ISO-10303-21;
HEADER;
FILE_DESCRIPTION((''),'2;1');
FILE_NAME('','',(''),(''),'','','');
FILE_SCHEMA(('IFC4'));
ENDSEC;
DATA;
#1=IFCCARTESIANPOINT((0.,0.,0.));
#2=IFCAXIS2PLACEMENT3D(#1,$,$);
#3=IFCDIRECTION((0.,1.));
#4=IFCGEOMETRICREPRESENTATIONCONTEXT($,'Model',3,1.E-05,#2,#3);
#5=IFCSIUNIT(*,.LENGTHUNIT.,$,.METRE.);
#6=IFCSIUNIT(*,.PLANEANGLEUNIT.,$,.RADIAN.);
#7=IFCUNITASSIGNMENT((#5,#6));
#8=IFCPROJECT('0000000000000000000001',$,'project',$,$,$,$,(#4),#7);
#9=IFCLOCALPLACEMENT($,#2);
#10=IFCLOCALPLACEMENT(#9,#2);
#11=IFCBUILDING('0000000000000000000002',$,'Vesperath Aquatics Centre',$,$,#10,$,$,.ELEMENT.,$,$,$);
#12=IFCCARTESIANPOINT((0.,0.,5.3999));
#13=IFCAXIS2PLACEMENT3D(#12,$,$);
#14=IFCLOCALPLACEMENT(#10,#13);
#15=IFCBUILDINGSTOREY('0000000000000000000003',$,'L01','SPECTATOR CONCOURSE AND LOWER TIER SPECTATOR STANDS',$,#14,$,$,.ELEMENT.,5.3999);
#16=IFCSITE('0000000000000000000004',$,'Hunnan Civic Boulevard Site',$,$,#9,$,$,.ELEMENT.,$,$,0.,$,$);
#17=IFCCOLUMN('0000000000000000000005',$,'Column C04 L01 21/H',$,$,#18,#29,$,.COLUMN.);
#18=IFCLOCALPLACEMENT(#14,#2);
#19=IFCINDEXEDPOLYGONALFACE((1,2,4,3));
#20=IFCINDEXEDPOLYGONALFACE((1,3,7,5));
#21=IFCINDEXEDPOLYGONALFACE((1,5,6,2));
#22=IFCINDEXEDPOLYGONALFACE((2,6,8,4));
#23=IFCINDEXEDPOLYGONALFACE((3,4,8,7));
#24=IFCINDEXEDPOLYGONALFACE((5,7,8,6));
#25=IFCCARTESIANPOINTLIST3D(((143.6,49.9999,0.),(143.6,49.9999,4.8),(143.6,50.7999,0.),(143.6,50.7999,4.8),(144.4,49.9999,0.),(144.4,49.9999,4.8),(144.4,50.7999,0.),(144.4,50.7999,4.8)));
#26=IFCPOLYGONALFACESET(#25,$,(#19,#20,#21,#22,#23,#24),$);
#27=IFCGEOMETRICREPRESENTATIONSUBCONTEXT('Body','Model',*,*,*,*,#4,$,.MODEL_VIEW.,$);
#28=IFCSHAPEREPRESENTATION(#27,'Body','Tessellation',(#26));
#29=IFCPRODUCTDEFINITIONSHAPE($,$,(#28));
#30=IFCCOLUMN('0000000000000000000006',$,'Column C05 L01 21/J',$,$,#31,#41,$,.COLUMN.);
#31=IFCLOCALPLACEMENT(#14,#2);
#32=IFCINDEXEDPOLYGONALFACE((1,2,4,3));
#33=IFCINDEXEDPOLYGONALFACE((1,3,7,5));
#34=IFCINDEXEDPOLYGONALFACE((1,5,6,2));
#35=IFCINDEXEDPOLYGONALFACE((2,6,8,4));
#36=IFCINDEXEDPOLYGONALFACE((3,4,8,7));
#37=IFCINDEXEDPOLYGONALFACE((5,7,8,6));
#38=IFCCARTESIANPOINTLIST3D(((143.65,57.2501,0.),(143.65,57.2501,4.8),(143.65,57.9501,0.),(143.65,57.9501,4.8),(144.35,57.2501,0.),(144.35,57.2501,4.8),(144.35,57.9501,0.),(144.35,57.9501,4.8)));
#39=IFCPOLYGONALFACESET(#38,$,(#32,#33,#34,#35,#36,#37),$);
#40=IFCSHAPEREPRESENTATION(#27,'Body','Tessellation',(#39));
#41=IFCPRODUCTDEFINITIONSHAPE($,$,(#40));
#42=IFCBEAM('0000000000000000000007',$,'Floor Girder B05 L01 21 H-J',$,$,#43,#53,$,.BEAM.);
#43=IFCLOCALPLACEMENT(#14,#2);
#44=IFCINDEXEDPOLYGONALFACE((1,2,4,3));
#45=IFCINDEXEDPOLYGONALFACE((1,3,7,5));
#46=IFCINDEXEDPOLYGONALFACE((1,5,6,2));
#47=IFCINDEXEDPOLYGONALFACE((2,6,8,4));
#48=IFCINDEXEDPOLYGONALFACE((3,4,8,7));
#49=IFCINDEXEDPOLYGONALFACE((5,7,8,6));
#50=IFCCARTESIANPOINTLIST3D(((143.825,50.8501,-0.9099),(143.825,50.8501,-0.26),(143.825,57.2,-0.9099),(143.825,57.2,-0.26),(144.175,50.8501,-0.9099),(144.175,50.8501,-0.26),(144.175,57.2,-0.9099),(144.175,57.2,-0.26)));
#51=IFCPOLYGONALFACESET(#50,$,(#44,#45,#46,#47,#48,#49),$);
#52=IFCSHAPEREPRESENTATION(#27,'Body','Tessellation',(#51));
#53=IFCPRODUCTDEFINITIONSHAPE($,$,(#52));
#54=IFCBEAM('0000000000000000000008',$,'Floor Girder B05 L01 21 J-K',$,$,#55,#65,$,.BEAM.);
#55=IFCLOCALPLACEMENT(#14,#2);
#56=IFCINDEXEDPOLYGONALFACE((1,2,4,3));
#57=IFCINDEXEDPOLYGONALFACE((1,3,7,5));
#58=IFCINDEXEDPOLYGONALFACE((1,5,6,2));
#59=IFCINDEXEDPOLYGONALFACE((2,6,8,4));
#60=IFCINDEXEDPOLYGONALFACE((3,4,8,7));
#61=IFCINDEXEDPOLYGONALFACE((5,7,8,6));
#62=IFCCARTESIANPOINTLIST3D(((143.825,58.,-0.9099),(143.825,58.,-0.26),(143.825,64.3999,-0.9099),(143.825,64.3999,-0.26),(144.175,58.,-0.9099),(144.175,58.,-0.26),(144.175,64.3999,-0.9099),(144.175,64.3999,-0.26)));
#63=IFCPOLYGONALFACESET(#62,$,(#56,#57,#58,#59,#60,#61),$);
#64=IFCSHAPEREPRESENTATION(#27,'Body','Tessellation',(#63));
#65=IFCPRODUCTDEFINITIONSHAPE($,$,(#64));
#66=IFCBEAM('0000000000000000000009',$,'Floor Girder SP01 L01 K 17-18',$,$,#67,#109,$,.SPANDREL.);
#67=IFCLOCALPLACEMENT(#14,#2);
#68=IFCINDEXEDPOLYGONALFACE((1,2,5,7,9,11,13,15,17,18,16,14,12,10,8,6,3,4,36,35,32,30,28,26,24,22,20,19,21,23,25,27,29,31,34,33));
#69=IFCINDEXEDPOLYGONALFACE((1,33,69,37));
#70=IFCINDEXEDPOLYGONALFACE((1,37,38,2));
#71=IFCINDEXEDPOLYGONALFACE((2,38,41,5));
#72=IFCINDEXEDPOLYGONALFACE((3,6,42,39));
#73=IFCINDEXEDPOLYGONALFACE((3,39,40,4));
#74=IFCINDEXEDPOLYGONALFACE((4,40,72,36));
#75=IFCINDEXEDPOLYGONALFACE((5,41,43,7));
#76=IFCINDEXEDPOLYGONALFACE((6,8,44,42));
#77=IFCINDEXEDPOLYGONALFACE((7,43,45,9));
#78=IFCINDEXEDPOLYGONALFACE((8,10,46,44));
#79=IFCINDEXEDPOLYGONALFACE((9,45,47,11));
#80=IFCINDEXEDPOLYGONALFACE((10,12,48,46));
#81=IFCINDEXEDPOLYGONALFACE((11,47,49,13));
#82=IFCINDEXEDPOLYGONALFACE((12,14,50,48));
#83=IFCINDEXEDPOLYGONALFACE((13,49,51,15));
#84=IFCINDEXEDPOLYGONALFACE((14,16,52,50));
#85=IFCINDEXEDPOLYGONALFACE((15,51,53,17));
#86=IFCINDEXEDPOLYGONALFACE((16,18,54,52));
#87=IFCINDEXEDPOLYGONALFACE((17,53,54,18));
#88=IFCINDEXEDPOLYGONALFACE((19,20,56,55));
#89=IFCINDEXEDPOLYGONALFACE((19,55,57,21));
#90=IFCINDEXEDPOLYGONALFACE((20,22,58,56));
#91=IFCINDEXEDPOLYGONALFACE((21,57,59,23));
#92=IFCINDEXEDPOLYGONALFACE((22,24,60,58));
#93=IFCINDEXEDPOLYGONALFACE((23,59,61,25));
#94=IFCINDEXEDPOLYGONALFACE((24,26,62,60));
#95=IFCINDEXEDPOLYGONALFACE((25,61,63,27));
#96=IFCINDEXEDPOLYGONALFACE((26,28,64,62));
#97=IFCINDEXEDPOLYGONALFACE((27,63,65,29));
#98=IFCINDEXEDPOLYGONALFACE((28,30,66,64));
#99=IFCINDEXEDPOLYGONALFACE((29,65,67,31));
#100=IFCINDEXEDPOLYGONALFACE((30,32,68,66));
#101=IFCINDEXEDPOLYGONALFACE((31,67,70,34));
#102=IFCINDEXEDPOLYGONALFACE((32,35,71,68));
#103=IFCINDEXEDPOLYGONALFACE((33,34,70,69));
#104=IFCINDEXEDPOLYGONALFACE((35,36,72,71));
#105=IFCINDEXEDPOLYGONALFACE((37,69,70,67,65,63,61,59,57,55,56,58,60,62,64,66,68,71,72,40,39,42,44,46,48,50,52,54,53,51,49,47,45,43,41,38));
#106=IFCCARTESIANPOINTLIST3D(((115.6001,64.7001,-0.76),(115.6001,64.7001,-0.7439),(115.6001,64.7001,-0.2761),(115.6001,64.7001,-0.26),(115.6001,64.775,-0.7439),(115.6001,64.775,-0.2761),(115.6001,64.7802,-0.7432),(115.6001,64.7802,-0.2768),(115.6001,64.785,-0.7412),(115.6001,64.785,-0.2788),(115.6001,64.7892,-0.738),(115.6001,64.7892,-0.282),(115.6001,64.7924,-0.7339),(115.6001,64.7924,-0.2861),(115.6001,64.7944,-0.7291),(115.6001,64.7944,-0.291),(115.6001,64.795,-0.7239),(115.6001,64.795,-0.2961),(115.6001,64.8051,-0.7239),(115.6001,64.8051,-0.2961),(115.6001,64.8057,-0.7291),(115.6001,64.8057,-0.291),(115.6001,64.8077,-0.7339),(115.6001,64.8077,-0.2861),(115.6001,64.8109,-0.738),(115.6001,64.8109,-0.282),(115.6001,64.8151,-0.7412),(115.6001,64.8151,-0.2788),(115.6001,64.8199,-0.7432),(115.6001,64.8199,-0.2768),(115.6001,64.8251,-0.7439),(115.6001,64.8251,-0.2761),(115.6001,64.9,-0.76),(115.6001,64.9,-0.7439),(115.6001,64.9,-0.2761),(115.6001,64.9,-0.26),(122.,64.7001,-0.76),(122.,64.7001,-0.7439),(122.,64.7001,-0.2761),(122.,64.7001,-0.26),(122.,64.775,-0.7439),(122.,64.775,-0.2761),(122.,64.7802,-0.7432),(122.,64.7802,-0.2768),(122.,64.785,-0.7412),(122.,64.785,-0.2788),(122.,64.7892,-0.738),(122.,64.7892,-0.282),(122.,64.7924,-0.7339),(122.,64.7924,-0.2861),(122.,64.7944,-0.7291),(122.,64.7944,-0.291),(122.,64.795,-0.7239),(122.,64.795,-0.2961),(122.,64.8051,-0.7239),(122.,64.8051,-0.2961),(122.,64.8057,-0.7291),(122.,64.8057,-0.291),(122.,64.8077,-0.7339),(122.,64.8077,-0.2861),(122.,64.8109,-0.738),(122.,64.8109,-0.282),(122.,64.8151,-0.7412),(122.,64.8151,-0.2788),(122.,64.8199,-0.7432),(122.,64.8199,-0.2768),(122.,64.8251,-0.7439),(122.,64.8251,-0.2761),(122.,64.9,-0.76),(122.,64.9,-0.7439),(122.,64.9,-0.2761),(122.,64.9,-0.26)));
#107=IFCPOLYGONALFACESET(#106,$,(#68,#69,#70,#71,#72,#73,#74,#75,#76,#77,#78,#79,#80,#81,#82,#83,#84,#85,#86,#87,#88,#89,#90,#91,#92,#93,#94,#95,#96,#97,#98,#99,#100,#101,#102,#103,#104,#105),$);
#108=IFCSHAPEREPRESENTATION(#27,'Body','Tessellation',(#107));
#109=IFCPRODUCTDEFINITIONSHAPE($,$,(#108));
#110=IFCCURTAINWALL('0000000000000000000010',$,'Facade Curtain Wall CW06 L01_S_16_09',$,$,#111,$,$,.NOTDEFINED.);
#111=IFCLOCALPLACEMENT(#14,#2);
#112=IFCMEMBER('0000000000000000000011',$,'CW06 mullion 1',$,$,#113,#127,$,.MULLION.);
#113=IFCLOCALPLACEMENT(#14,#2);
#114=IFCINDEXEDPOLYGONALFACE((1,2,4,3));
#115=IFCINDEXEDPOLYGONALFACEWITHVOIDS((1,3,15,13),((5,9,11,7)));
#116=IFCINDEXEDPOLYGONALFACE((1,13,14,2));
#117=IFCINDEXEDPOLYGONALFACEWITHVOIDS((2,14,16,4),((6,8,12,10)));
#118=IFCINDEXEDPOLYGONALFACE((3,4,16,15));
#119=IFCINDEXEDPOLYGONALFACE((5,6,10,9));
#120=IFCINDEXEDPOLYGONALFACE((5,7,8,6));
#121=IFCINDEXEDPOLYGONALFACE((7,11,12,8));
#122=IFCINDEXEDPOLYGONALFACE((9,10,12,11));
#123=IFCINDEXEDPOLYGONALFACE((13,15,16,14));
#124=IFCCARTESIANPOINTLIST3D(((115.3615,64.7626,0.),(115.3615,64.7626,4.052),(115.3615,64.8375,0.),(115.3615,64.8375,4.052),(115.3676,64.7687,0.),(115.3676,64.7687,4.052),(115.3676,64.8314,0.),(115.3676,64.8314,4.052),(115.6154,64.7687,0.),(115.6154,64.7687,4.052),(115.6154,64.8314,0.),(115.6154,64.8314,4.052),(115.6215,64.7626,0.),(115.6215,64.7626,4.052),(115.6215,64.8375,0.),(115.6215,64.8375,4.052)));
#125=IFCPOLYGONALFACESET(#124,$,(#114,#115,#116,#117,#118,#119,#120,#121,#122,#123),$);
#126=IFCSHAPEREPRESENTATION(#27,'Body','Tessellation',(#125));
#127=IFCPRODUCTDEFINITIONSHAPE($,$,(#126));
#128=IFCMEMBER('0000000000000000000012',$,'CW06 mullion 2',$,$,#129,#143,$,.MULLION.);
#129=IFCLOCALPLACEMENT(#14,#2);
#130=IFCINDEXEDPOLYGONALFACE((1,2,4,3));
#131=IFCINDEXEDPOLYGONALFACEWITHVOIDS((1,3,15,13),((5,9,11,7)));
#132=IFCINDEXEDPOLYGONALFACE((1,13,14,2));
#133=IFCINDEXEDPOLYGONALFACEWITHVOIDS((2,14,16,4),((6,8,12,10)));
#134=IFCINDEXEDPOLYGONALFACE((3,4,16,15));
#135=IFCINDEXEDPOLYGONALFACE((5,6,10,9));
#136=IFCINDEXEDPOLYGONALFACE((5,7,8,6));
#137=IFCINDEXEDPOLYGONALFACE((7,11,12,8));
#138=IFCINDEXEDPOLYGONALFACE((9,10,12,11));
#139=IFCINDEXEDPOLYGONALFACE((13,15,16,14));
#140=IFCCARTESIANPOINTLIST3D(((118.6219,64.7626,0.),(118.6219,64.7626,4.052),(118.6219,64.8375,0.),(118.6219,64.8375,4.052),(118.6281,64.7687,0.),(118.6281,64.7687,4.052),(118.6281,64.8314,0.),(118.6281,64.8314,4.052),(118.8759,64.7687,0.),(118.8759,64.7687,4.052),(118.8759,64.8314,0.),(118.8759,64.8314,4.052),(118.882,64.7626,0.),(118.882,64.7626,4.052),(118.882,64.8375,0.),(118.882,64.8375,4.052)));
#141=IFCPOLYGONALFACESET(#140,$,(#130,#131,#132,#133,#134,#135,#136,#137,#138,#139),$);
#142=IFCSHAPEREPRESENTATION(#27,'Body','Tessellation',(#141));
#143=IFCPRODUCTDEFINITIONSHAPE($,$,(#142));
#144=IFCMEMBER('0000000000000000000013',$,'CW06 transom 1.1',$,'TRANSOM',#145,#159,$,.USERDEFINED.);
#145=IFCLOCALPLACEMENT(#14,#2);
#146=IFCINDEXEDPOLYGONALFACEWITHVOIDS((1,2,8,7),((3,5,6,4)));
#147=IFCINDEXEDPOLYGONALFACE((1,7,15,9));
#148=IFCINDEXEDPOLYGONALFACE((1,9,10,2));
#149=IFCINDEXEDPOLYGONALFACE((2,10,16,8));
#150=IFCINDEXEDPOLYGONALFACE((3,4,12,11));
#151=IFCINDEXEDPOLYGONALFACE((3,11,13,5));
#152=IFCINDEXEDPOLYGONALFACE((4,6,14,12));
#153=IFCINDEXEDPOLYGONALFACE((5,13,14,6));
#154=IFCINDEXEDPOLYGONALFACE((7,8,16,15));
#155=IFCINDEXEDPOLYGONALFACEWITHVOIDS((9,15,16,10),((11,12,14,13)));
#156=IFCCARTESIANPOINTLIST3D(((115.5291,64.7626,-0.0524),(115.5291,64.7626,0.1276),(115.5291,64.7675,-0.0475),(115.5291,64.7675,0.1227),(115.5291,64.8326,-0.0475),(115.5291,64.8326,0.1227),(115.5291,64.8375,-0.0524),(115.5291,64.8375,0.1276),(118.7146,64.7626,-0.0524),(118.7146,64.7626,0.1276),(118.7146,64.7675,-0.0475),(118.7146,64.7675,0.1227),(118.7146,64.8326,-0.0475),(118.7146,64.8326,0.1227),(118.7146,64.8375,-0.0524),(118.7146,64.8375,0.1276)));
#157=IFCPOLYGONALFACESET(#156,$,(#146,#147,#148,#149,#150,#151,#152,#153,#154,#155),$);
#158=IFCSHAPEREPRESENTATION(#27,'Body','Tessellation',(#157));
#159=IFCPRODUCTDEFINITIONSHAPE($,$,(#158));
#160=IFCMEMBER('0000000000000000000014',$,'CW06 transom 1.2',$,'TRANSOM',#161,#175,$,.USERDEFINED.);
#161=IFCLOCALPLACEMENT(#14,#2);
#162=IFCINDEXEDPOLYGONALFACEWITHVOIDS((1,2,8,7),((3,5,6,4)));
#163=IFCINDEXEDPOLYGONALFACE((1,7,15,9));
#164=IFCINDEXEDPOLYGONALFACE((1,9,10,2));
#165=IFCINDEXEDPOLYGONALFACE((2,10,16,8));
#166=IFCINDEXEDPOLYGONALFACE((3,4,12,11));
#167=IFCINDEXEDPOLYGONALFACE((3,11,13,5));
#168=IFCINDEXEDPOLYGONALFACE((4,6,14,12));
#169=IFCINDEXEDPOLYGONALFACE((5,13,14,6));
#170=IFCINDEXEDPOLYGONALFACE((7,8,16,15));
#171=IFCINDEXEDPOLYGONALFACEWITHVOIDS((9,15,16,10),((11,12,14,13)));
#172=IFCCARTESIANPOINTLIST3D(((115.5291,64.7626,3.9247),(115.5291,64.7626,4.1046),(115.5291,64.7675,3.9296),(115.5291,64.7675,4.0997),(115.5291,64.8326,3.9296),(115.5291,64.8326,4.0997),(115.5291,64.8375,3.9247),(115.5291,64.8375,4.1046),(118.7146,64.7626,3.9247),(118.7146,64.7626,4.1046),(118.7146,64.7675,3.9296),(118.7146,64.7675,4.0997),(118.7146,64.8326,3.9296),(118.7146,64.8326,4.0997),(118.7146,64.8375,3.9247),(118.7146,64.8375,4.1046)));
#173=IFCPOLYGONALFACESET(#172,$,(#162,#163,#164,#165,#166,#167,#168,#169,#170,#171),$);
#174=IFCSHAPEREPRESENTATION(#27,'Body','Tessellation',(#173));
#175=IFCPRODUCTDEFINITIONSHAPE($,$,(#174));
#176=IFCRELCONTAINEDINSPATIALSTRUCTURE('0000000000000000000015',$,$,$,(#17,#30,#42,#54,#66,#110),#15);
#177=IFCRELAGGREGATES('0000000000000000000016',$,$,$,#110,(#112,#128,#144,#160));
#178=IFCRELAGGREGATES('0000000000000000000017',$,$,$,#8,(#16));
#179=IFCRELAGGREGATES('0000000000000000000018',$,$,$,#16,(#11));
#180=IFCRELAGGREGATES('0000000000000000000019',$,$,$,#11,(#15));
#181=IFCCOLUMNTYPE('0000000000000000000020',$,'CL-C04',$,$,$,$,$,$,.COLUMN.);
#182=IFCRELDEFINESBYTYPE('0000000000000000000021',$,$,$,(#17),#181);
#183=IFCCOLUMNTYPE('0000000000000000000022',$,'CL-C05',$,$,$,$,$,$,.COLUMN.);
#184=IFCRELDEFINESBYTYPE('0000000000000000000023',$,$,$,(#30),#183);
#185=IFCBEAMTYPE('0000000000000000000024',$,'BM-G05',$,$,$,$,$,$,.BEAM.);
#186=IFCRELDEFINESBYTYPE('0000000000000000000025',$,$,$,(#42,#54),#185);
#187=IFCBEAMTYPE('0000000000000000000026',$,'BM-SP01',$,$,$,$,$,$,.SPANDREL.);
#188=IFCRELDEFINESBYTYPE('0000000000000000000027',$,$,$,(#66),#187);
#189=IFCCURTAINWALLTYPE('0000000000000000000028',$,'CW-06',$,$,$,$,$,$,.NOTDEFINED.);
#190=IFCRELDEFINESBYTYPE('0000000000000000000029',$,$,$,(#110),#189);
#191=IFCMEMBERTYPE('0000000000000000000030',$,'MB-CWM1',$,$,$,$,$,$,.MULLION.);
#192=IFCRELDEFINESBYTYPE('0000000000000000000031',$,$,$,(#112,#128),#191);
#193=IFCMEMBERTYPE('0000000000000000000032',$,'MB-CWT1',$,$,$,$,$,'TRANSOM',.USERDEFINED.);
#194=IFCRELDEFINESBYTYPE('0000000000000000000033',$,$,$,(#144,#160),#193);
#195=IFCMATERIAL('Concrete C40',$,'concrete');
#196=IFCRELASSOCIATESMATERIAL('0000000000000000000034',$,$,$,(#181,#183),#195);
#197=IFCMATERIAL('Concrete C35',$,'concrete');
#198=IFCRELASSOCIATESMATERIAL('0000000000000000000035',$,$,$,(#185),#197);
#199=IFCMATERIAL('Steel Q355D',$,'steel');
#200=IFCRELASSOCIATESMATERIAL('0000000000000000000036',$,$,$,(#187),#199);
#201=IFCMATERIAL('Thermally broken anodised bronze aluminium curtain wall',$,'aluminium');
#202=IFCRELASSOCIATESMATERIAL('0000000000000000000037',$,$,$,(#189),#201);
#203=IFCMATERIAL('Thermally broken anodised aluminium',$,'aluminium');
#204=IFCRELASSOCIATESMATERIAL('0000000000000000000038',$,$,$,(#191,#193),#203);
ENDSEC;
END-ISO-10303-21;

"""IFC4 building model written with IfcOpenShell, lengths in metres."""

from ifc_helpers import new_model, si_unit, direction, frame, origin, origin_2d, place, context, subcontext, project, spatial, rectangle, hollow_rectangle, i_section, extrude, material, material_profile, profile_set, type_object, element, aggregate, save


model = new_model("IFC4")

# Units and contexts
model_context = context("Model", 3, precision=1e-05, world=origin(), true_north=direction((0.0, 1.0)))
body_context = subcontext(model_context, "Body", "Model", "MODEL_VIEW")
ifc_project = project(units=[si_unit("LENGTHUNIT", "METRE"), si_unit("PLANEANGLEUNIT", "RADIAN")], contexts=[model_context])

# Site, building, storey
site_placement = place(None, origin())
site = spatial("IfcSite", under=ifc_project, at=site_placement, Name="Hunnan Civic Boulevard Site", CompositionType="ELEMENT", RefElevation=0.0)
building_placement = place(site_placement, origin())
building = spatial("IfcBuilding", under=site, at=building_placement, Name="Vesperath Aquatics Centre", CompositionType="ELEMENT")
storey_placement = place(building_placement, frame((0.0, 0.0, 5.3999)))
storey = spatial("IfcBuildingStorey", under=building, at=storey_placement, Name="L01", Description="SPECTATOR CONCOURSE AND LOWER TIER SPECTATOR STANDS", CompositionType="ELEMENT", Elevation=5.3999)

# Columns
ifc_material_1 = material(Name="Concrete C40", Category="concrete")
ifc_material_profile_1 = material_profile(ifc_material_1, rectangle(XDim=0.8, YDim=0.8, at=origin_2d()), Name="RC 800x800")
ifc_profile_set_1 = profile_set([ifc_material_profile_1], Name="Concrete C40")
column_type_1 = type_object("IfcColumnType", Name="CL-C04", PredefinedType="COLUMN", material=ifc_profile_set_1)
column_1_placement = place(storey_placement, frame((144.0, 50.3999, 0.0), z_axis=(0.0, 0.0, 1.0), x_axis=(1.0, 0.0, 0.0)))
element("IfcColumn", 1, at=column_1_placement, inside=storey, type_object=column_type_1, Name="Column C04 L01 21/H", PredefinedType="COLUMN", context=body_context, shape_type="SweptSolid", body=[
    extrude(rectangle(XDim=0.8, YDim=0.8, at=origin_2d()), origin(), (0.0, 0.0, 1.0), 4.8),
])
ifc_material_profile_2 = material_profile(ifc_material_1, rectangle(XDim=0.7, YDim=0.7, at=origin_2d()), Name="RC 700x700")
ifc_profile_set_2 = profile_set([ifc_material_profile_2], Name="Concrete C40")
column_type_2 = type_object("IfcColumnType", Name="CL-C05", PredefinedType="COLUMN", material=ifc_profile_set_2)
column_2_placement = place(storey_placement, frame((144.0, 57.6001, 0.0), z_axis=(0.0, 0.0, 1.0), x_axis=(1.0, 0.0, 0.0)))
element("IfcColumn", 2, at=column_2_placement, inside=storey, type_object=column_type_2, Name="Column C05 L01 21/J", PredefinedType="COLUMN", context=body_context, shape_type="SweptSolid", body=[
    extrude(rectangle(XDim=0.7, YDim=0.7, at=origin_2d()), origin(), (0.0, 0.0, 1.0), 4.8),
])

# Beams
ifc_material_2 = material(Name="Concrete C35", Category="concrete")
ifc_material_profile_3 = material_profile(ifc_material_2, rectangle(XDim=0.3501, YDim=0.6499, at=origin_2d()), Name="RC 350x650")
ifc_profile_set_3 = profile_set([ifc_material_profile_3], Name="Concrete C35")
beam_type_1 = type_object("IfcBeamType", Name="BM-G05", PredefinedType="BEAM", material=ifc_profile_set_3)
beam_1_placement = place(storey_placement, frame((144.0, 50.8501, -0.585), z_axis=(0.0, 1.0, 0.0), x_axis=(-1.0, 0.0, 0.0)))
element("IfcBeam", 3, at=beam_1_placement, inside=storey, type_object=beam_type_1, Name="Floor Girder B05 L01 21 H-J", PredefinedType="BEAM", context=body_context, shape_type="SweptSolid", body=[
    extrude(rectangle(XDim=0.3501, YDim=0.6499, at=origin_2d()), origin(), (0.0, 0.0, 1.0), 6.3499),
])
beam_2_placement = place(storey_placement, frame((144.0, 58.0, -0.585), z_axis=(0.0, 1.0, 0.0), x_axis=(-1.0, 0.0, 0.0)))
element("IfcBeam", 4, at=beam_2_placement, inside=storey, type_object=beam_type_1, Name="Floor Girder B05 L01 21 J-K", PredefinedType="BEAM", context=body_context, shape_type="SweptSolid", body=[
    extrude(rectangle(XDim=0.3501, YDim=0.6499, at=origin_2d()), origin(), (0.0, 0.0, 1.0), 6.3999),
])
ifc_material_3 = material(Name="Steel Q355D", Category="steel")
ifc_material_profile_4 = material_profile(ifc_material_3, i_section(OverallWidth=0.2, OverallDepth=0.5, WebThickness=0.01, FlangeThickness=0.0161, FilletRadius=0.02, at=origin_2d()), Name="HN 500x200x10x16")
ifc_profile_set_4 = profile_set([ifc_material_profile_4], Name="Steel Q355D")
beam_type_2 = type_object("IfcBeamType", Name="BM-SP01", PredefinedType="SPANDREL", material=ifc_profile_set_4)
beam_3_placement = place(storey_placement, frame((115.6001, 64.8, -0.51), z_axis=(1.0, 0.0, 0.0), x_axis=(0.0, 1.0, 0.0)))
element("IfcBeam", 5, at=beam_3_placement, inside=storey, type_object=beam_type_2, Name="Floor Girder SP01 L01 K 17-18", PredefinedType="SPANDREL", context=body_context, shape_type="SweptSolid", body=[
    extrude(i_section(OverallWidth=0.2, OverallDepth=0.5, WebThickness=0.01, FlangeThickness=0.0161, FilletRadius=0.02, at=origin_2d()), origin(), (0.0, 0.0, 1.0), 6.3999),
])

# Curtain wall, members
ifc_material_4 = material(Name="Thermally broken anodised bronze aluminium curtain wall", Category="aluminium")
curtain_wall_type = type_object("IfcCurtainWallType", Name="CW-06", PredefinedType="NOTDEFINED", material=ifc_material_4)
curtain_wall_placement = place(storey_placement, origin())
curtain_wall = element("IfcCurtainWall", 6, at=curtain_wall_placement, inside=storey, type_object=curtain_wall_type, Name="Facade Curtain Wall CW06 L01_S_16_09", PredefinedType="NOTDEFINED")
ifc_material_5 = material(Name="Thermally broken anodised aluminium", Category="aluminium")
ifc_material_profile_5 = material_profile(ifc_material_5, hollow_rectangle(XDim=0.075, YDim=0.26, WallThickness=0.0061, at=origin_2d()), Name="CWM 75x260x6")
ifc_profile_set_5 = profile_set([ifc_material_profile_5], Name="Thermally broken anodised aluminium")
member_type_1 = type_object("IfcMemberType", Name="MB-CWM1", PredefinedType="MULLION", material=ifc_profile_set_5)
member_1_placement = place(storey_placement, frame((115.4915, 64.8, 0.0), z_axis=(0.0, 0.0, 1.0), x_axis=(0.0, 1.0, 0.0)))
member_1 = element("IfcMember", 7, at=member_1_placement, type_object=member_type_1, Name="CW06 mullion 1", PredefinedType="MULLION", context=body_context, shape_type="SweptSolid", body=[
    extrude(hollow_rectangle(XDim=0.075, YDim=0.26, WallThickness=0.0061, at=origin_2d()), origin(), (0.0, 0.0, 1.0), 4.052),
])
member_2_placement = place(storey_placement, frame((118.752, 64.8, 0.0), z_axis=(0.0, 0.0, 1.0), x_axis=(0.0, 1.0, 0.0)))
member_2 = element("IfcMember", 8, at=member_2_placement, type_object=member_type_1, Name="CW06 mullion 2", PredefinedType="MULLION", context=body_context, shape_type="SweptSolid", body=[
    extrude(hollow_rectangle(XDim=0.075, YDim=0.26, WallThickness=0.0061, at=origin_2d()), origin(), (0.0, 0.0, 1.0), 4.052),
])
ifc_material_profile_6 = material_profile(ifc_material_5, hollow_rectangle(XDim=0.075, YDim=0.1799, WallThickness=0.0049, at=origin_2d()), Name="CWT 75x180x5")
ifc_profile_set_6 = profile_set([ifc_material_profile_6], Name="Thermally broken anodised aluminium")
member_type_2 = type_object("IfcMemberType", Name="MB-CWT1", ElementType="TRANSOM", PredefinedType="USERDEFINED", material=ifc_profile_set_6)
member_3_placement = place(storey_placement, frame((115.5291, 64.8, 0.0376), z_axis=(1.0, 0.0, 0.0), x_axis=(0.0, 1.0, 0.0)))
member_3 = element("IfcMember", 9, at=member_3_placement, type_object=member_type_2, Name="CW06 transom 1.1", ObjectType="TRANSOM", PredefinedType="USERDEFINED", context=body_context, shape_type="SweptSolid", body=[
    extrude(hollow_rectangle(XDim=0.075, YDim=0.1799, WallThickness=0.0049, at=origin_2d()), origin(), (0.0, 0.0, 1.0), 3.1855),
])
member_4_placement = place(storey_placement, frame((115.5291, 64.8, 4.0146), z_axis=(1.0, 0.0, 0.0), x_axis=(0.0, 1.0, 0.0)))
member_4 = element("IfcMember", 10, at=member_4_placement, type_object=member_type_2, Name="CW06 transom 1.2", ObjectType="TRANSOM", PredefinedType="USERDEFINED", context=body_context, shape_type="SweptSolid", body=[
    extrude(hollow_rectangle(XDim=0.075, YDim=0.1799, WallThickness=0.0049, at=origin_2d()), origin(), (0.0, 0.0, 1.0), 3.1855),
])
aggregate(curtain_wall, [member_1, member_2, member_3, member_4])

save(model, "model.ifc")
